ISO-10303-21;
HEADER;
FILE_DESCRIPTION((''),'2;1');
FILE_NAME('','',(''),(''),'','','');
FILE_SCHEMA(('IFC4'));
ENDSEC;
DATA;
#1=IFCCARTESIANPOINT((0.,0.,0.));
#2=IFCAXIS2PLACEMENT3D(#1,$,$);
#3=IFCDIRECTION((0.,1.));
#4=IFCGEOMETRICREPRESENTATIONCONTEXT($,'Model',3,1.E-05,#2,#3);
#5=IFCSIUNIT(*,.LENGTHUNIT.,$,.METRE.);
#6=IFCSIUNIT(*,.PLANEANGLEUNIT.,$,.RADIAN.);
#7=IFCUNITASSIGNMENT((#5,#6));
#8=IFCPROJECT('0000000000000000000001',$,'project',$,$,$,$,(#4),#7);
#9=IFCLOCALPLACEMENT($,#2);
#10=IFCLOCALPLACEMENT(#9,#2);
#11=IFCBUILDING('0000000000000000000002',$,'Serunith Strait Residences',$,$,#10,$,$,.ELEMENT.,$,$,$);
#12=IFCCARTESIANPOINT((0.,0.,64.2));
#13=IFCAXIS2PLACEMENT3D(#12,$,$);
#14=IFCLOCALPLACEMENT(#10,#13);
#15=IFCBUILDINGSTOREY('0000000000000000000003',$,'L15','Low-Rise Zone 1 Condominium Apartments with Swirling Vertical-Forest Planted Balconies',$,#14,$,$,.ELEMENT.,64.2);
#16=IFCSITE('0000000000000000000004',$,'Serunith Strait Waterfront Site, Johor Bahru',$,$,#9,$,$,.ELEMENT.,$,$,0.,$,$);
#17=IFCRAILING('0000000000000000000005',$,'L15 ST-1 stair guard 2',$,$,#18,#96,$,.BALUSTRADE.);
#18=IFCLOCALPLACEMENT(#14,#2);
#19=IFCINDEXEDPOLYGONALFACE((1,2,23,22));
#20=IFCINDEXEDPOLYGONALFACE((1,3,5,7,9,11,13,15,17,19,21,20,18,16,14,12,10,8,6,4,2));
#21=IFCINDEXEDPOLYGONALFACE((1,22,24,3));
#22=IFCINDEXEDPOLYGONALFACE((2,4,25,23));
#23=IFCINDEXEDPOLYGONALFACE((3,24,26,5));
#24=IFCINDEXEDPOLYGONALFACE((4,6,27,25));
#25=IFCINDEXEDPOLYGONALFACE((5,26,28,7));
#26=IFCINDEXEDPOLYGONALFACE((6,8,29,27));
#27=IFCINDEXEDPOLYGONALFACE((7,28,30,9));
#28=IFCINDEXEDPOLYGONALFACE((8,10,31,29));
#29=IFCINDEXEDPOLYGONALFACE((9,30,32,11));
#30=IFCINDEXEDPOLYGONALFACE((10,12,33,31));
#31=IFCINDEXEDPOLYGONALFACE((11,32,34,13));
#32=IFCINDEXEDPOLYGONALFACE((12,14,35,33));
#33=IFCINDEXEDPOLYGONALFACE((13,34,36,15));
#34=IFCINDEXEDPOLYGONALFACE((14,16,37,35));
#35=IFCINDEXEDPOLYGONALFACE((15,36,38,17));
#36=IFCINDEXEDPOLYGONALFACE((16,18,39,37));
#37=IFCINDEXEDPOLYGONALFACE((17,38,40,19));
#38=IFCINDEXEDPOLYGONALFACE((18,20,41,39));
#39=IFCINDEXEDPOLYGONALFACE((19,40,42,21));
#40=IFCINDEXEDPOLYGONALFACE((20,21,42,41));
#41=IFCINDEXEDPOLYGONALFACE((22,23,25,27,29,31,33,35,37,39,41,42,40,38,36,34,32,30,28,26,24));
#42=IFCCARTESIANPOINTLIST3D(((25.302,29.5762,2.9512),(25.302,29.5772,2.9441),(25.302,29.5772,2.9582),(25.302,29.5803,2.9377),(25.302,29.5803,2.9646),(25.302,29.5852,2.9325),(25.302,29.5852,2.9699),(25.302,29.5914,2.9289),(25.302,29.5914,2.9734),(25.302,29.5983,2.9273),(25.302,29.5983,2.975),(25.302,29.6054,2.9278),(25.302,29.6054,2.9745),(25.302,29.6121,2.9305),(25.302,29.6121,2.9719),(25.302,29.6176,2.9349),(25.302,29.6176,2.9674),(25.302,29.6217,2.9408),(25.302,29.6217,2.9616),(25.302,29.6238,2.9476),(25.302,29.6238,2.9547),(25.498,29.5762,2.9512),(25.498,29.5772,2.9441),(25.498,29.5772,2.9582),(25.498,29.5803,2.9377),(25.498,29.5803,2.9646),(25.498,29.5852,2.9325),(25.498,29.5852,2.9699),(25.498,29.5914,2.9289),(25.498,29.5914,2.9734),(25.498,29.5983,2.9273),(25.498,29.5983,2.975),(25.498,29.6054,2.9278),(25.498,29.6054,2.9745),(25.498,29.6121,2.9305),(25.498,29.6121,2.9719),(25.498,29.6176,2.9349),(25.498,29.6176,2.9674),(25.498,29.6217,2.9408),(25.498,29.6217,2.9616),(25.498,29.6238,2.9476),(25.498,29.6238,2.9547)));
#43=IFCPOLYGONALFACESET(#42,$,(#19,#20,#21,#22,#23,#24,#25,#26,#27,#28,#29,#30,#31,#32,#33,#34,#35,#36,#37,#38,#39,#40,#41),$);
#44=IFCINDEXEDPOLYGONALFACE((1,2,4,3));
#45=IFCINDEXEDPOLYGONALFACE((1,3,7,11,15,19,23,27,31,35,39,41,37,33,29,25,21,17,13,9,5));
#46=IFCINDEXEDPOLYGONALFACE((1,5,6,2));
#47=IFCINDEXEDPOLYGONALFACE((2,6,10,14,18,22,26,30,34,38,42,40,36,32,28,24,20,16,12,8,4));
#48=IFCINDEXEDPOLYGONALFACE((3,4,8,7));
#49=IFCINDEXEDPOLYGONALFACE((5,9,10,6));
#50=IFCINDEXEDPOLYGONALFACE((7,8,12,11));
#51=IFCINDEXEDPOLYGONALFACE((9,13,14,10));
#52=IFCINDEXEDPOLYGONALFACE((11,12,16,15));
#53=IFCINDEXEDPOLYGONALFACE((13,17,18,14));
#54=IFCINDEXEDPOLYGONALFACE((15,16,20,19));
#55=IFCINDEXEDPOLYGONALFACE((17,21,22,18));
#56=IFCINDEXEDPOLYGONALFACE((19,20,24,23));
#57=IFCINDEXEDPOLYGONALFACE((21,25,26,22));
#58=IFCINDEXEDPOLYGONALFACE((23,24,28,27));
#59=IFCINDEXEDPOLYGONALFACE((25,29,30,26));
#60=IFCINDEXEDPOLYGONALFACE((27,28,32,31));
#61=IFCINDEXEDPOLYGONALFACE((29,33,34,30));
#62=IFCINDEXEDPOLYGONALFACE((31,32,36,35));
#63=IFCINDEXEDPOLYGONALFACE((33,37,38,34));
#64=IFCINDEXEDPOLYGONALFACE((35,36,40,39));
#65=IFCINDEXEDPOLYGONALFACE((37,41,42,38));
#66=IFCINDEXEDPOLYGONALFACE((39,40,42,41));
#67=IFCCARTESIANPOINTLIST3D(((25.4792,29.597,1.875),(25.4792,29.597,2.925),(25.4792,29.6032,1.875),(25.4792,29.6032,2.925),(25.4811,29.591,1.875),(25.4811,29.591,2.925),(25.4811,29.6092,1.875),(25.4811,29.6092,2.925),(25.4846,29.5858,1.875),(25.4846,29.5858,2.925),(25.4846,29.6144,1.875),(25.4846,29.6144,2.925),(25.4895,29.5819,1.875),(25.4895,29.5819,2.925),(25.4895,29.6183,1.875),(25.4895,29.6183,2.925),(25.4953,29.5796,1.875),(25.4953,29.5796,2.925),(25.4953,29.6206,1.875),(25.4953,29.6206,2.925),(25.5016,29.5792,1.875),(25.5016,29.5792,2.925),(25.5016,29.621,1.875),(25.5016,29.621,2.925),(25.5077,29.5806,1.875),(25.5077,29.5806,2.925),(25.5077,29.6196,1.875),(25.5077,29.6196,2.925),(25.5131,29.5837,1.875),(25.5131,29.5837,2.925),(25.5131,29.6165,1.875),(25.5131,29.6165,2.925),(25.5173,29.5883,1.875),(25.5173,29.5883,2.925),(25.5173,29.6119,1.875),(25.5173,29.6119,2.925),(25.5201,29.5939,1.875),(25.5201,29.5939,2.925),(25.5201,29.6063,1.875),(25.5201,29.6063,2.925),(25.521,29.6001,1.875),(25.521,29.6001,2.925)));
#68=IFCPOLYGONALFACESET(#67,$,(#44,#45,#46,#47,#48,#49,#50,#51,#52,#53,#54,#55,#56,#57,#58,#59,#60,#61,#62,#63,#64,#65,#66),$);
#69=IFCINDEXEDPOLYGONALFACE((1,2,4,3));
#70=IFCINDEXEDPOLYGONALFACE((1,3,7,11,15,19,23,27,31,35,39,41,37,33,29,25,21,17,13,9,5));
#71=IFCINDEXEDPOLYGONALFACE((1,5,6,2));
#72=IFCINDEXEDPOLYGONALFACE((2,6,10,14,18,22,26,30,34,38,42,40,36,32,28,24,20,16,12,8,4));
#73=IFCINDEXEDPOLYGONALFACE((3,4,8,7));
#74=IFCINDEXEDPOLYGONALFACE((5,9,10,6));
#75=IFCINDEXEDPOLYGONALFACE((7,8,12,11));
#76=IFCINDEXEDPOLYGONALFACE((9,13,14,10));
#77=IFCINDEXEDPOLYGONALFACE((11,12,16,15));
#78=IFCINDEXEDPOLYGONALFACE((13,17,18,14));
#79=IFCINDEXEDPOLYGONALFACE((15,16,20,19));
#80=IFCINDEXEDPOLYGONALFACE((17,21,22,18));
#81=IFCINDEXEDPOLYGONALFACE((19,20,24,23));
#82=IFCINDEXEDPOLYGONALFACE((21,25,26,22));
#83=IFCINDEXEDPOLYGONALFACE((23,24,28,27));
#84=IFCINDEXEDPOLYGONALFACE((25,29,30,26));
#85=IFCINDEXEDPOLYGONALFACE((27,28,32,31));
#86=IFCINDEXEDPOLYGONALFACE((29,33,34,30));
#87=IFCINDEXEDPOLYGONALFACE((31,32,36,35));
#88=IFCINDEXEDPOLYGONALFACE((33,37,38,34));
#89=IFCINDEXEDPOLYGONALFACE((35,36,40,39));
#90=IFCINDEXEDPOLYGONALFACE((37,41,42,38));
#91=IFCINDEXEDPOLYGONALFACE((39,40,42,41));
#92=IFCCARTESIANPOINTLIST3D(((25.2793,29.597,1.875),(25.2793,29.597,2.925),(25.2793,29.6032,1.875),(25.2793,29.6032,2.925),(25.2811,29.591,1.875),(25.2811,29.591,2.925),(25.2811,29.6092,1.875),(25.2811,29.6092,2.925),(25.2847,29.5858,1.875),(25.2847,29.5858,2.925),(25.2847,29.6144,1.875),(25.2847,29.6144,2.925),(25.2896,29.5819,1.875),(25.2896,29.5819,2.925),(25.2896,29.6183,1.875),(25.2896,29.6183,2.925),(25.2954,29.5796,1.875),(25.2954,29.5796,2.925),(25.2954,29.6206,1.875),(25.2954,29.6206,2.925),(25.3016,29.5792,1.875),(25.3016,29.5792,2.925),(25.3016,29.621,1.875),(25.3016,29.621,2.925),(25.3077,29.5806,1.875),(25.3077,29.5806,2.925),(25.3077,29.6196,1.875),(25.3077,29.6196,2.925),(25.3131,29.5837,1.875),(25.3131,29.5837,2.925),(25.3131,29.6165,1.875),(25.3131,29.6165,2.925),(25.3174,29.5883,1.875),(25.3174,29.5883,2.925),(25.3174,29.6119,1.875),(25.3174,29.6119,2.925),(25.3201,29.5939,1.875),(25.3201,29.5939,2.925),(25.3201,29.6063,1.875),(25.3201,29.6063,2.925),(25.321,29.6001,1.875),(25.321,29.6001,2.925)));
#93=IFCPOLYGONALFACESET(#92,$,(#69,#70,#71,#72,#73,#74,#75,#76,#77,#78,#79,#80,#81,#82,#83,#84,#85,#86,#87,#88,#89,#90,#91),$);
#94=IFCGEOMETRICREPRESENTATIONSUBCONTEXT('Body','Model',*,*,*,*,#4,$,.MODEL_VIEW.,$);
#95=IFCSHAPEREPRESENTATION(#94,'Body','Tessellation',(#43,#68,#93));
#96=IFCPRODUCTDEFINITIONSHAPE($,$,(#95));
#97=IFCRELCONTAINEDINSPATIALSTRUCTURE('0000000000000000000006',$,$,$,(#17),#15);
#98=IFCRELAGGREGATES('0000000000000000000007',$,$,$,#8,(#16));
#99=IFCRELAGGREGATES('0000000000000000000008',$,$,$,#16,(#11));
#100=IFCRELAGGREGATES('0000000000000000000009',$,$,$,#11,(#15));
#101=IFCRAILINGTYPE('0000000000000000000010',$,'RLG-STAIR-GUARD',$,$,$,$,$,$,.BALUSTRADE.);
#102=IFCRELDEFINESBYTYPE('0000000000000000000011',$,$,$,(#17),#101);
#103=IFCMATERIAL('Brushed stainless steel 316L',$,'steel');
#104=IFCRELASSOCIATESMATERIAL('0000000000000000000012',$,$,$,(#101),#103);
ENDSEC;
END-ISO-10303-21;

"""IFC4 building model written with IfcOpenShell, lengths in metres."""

from ifc_helpers import new_model, si_unit, direction, frame, origin, origin_2d, place, context, subcontext, project, spatial, circle, extrude, material, type_object, element, save


model = new_model("IFC4")

# Units and contexts
model_context = context("Model", 3, precision=1e-05, world=origin(), true_north=direction((0.0, 1.0)))
body_context = subcontext(model_context, "Body", "Model", "MODEL_VIEW")
ifc_project = project(units=[si_unit("LENGTHUNIT", "METRE"), si_unit("PLANEANGLEUNIT", "RADIAN")], contexts=[model_context])

# Site, building, storey
site_placement = place(None, origin())
site = spatial("IfcSite", under=ifc_project, at=site_placement, Name="Serunith Strait Waterfront Site, Johor Bahru", CompositionType="ELEMENT", RefElevation=0.0)
building_placement = place(site_placement, origin())
building = spatial("IfcBuilding", under=site, at=building_placement, Name="Serunith Strait Residences", CompositionType="ELEMENT")
storey_placement = place(building_placement, frame((0.0, 0.0, 64.2)))
storey = spatial("IfcBuildingStorey", under=building, at=storey_placement, Name="L15", Description="Low-Rise Zone 1 Condominium Apartments with Swirling Vertical-Forest Planted Balconies", CompositionType="ELEMENT", Elevation=64.2)

# Railing
ifc_material_1 = material(Name="Brushed stainless steel 316L", Category="steel")
railing_type_1 = type_object("IfcRailingType", Name="RLG-STAIR-GUARD", PredefinedType="BALUSTRADE", material=ifc_material_1)
railing_1_placement = place(storey_placement, frame((25.5, 29.6001, 1.875)))
element("IfcRailing", 1, at=railing_1_placement, inside=storey, type_object=railing_type_1, Name="L15 ST-1 stair guard 2", PredefinedType="BALUSTRADE", context=body_context, shape_type="SweptSolid", body=[
    extrude(circle(Radius=0.0239, at=origin_2d()), frame((-0.002, 0.0, 1.0762), z_axis=(-1.0, 0.0, 0.0), x_axis=(0.0, -1.0, 0.0)), (0.0, 0.0, 1.0), 0.196),
    extrude(circle(Radius=0.021, at=origin_2d()), origin(), (0.0, 0.0, 1.0), 1.05),
    extrude(circle(Radius=0.021, at=origin_2d()), frame((-0.2, 0.0, 0.0)), (0.0, 0.0, 1.0), 1.05),
])

save(model, "model.ifc")
